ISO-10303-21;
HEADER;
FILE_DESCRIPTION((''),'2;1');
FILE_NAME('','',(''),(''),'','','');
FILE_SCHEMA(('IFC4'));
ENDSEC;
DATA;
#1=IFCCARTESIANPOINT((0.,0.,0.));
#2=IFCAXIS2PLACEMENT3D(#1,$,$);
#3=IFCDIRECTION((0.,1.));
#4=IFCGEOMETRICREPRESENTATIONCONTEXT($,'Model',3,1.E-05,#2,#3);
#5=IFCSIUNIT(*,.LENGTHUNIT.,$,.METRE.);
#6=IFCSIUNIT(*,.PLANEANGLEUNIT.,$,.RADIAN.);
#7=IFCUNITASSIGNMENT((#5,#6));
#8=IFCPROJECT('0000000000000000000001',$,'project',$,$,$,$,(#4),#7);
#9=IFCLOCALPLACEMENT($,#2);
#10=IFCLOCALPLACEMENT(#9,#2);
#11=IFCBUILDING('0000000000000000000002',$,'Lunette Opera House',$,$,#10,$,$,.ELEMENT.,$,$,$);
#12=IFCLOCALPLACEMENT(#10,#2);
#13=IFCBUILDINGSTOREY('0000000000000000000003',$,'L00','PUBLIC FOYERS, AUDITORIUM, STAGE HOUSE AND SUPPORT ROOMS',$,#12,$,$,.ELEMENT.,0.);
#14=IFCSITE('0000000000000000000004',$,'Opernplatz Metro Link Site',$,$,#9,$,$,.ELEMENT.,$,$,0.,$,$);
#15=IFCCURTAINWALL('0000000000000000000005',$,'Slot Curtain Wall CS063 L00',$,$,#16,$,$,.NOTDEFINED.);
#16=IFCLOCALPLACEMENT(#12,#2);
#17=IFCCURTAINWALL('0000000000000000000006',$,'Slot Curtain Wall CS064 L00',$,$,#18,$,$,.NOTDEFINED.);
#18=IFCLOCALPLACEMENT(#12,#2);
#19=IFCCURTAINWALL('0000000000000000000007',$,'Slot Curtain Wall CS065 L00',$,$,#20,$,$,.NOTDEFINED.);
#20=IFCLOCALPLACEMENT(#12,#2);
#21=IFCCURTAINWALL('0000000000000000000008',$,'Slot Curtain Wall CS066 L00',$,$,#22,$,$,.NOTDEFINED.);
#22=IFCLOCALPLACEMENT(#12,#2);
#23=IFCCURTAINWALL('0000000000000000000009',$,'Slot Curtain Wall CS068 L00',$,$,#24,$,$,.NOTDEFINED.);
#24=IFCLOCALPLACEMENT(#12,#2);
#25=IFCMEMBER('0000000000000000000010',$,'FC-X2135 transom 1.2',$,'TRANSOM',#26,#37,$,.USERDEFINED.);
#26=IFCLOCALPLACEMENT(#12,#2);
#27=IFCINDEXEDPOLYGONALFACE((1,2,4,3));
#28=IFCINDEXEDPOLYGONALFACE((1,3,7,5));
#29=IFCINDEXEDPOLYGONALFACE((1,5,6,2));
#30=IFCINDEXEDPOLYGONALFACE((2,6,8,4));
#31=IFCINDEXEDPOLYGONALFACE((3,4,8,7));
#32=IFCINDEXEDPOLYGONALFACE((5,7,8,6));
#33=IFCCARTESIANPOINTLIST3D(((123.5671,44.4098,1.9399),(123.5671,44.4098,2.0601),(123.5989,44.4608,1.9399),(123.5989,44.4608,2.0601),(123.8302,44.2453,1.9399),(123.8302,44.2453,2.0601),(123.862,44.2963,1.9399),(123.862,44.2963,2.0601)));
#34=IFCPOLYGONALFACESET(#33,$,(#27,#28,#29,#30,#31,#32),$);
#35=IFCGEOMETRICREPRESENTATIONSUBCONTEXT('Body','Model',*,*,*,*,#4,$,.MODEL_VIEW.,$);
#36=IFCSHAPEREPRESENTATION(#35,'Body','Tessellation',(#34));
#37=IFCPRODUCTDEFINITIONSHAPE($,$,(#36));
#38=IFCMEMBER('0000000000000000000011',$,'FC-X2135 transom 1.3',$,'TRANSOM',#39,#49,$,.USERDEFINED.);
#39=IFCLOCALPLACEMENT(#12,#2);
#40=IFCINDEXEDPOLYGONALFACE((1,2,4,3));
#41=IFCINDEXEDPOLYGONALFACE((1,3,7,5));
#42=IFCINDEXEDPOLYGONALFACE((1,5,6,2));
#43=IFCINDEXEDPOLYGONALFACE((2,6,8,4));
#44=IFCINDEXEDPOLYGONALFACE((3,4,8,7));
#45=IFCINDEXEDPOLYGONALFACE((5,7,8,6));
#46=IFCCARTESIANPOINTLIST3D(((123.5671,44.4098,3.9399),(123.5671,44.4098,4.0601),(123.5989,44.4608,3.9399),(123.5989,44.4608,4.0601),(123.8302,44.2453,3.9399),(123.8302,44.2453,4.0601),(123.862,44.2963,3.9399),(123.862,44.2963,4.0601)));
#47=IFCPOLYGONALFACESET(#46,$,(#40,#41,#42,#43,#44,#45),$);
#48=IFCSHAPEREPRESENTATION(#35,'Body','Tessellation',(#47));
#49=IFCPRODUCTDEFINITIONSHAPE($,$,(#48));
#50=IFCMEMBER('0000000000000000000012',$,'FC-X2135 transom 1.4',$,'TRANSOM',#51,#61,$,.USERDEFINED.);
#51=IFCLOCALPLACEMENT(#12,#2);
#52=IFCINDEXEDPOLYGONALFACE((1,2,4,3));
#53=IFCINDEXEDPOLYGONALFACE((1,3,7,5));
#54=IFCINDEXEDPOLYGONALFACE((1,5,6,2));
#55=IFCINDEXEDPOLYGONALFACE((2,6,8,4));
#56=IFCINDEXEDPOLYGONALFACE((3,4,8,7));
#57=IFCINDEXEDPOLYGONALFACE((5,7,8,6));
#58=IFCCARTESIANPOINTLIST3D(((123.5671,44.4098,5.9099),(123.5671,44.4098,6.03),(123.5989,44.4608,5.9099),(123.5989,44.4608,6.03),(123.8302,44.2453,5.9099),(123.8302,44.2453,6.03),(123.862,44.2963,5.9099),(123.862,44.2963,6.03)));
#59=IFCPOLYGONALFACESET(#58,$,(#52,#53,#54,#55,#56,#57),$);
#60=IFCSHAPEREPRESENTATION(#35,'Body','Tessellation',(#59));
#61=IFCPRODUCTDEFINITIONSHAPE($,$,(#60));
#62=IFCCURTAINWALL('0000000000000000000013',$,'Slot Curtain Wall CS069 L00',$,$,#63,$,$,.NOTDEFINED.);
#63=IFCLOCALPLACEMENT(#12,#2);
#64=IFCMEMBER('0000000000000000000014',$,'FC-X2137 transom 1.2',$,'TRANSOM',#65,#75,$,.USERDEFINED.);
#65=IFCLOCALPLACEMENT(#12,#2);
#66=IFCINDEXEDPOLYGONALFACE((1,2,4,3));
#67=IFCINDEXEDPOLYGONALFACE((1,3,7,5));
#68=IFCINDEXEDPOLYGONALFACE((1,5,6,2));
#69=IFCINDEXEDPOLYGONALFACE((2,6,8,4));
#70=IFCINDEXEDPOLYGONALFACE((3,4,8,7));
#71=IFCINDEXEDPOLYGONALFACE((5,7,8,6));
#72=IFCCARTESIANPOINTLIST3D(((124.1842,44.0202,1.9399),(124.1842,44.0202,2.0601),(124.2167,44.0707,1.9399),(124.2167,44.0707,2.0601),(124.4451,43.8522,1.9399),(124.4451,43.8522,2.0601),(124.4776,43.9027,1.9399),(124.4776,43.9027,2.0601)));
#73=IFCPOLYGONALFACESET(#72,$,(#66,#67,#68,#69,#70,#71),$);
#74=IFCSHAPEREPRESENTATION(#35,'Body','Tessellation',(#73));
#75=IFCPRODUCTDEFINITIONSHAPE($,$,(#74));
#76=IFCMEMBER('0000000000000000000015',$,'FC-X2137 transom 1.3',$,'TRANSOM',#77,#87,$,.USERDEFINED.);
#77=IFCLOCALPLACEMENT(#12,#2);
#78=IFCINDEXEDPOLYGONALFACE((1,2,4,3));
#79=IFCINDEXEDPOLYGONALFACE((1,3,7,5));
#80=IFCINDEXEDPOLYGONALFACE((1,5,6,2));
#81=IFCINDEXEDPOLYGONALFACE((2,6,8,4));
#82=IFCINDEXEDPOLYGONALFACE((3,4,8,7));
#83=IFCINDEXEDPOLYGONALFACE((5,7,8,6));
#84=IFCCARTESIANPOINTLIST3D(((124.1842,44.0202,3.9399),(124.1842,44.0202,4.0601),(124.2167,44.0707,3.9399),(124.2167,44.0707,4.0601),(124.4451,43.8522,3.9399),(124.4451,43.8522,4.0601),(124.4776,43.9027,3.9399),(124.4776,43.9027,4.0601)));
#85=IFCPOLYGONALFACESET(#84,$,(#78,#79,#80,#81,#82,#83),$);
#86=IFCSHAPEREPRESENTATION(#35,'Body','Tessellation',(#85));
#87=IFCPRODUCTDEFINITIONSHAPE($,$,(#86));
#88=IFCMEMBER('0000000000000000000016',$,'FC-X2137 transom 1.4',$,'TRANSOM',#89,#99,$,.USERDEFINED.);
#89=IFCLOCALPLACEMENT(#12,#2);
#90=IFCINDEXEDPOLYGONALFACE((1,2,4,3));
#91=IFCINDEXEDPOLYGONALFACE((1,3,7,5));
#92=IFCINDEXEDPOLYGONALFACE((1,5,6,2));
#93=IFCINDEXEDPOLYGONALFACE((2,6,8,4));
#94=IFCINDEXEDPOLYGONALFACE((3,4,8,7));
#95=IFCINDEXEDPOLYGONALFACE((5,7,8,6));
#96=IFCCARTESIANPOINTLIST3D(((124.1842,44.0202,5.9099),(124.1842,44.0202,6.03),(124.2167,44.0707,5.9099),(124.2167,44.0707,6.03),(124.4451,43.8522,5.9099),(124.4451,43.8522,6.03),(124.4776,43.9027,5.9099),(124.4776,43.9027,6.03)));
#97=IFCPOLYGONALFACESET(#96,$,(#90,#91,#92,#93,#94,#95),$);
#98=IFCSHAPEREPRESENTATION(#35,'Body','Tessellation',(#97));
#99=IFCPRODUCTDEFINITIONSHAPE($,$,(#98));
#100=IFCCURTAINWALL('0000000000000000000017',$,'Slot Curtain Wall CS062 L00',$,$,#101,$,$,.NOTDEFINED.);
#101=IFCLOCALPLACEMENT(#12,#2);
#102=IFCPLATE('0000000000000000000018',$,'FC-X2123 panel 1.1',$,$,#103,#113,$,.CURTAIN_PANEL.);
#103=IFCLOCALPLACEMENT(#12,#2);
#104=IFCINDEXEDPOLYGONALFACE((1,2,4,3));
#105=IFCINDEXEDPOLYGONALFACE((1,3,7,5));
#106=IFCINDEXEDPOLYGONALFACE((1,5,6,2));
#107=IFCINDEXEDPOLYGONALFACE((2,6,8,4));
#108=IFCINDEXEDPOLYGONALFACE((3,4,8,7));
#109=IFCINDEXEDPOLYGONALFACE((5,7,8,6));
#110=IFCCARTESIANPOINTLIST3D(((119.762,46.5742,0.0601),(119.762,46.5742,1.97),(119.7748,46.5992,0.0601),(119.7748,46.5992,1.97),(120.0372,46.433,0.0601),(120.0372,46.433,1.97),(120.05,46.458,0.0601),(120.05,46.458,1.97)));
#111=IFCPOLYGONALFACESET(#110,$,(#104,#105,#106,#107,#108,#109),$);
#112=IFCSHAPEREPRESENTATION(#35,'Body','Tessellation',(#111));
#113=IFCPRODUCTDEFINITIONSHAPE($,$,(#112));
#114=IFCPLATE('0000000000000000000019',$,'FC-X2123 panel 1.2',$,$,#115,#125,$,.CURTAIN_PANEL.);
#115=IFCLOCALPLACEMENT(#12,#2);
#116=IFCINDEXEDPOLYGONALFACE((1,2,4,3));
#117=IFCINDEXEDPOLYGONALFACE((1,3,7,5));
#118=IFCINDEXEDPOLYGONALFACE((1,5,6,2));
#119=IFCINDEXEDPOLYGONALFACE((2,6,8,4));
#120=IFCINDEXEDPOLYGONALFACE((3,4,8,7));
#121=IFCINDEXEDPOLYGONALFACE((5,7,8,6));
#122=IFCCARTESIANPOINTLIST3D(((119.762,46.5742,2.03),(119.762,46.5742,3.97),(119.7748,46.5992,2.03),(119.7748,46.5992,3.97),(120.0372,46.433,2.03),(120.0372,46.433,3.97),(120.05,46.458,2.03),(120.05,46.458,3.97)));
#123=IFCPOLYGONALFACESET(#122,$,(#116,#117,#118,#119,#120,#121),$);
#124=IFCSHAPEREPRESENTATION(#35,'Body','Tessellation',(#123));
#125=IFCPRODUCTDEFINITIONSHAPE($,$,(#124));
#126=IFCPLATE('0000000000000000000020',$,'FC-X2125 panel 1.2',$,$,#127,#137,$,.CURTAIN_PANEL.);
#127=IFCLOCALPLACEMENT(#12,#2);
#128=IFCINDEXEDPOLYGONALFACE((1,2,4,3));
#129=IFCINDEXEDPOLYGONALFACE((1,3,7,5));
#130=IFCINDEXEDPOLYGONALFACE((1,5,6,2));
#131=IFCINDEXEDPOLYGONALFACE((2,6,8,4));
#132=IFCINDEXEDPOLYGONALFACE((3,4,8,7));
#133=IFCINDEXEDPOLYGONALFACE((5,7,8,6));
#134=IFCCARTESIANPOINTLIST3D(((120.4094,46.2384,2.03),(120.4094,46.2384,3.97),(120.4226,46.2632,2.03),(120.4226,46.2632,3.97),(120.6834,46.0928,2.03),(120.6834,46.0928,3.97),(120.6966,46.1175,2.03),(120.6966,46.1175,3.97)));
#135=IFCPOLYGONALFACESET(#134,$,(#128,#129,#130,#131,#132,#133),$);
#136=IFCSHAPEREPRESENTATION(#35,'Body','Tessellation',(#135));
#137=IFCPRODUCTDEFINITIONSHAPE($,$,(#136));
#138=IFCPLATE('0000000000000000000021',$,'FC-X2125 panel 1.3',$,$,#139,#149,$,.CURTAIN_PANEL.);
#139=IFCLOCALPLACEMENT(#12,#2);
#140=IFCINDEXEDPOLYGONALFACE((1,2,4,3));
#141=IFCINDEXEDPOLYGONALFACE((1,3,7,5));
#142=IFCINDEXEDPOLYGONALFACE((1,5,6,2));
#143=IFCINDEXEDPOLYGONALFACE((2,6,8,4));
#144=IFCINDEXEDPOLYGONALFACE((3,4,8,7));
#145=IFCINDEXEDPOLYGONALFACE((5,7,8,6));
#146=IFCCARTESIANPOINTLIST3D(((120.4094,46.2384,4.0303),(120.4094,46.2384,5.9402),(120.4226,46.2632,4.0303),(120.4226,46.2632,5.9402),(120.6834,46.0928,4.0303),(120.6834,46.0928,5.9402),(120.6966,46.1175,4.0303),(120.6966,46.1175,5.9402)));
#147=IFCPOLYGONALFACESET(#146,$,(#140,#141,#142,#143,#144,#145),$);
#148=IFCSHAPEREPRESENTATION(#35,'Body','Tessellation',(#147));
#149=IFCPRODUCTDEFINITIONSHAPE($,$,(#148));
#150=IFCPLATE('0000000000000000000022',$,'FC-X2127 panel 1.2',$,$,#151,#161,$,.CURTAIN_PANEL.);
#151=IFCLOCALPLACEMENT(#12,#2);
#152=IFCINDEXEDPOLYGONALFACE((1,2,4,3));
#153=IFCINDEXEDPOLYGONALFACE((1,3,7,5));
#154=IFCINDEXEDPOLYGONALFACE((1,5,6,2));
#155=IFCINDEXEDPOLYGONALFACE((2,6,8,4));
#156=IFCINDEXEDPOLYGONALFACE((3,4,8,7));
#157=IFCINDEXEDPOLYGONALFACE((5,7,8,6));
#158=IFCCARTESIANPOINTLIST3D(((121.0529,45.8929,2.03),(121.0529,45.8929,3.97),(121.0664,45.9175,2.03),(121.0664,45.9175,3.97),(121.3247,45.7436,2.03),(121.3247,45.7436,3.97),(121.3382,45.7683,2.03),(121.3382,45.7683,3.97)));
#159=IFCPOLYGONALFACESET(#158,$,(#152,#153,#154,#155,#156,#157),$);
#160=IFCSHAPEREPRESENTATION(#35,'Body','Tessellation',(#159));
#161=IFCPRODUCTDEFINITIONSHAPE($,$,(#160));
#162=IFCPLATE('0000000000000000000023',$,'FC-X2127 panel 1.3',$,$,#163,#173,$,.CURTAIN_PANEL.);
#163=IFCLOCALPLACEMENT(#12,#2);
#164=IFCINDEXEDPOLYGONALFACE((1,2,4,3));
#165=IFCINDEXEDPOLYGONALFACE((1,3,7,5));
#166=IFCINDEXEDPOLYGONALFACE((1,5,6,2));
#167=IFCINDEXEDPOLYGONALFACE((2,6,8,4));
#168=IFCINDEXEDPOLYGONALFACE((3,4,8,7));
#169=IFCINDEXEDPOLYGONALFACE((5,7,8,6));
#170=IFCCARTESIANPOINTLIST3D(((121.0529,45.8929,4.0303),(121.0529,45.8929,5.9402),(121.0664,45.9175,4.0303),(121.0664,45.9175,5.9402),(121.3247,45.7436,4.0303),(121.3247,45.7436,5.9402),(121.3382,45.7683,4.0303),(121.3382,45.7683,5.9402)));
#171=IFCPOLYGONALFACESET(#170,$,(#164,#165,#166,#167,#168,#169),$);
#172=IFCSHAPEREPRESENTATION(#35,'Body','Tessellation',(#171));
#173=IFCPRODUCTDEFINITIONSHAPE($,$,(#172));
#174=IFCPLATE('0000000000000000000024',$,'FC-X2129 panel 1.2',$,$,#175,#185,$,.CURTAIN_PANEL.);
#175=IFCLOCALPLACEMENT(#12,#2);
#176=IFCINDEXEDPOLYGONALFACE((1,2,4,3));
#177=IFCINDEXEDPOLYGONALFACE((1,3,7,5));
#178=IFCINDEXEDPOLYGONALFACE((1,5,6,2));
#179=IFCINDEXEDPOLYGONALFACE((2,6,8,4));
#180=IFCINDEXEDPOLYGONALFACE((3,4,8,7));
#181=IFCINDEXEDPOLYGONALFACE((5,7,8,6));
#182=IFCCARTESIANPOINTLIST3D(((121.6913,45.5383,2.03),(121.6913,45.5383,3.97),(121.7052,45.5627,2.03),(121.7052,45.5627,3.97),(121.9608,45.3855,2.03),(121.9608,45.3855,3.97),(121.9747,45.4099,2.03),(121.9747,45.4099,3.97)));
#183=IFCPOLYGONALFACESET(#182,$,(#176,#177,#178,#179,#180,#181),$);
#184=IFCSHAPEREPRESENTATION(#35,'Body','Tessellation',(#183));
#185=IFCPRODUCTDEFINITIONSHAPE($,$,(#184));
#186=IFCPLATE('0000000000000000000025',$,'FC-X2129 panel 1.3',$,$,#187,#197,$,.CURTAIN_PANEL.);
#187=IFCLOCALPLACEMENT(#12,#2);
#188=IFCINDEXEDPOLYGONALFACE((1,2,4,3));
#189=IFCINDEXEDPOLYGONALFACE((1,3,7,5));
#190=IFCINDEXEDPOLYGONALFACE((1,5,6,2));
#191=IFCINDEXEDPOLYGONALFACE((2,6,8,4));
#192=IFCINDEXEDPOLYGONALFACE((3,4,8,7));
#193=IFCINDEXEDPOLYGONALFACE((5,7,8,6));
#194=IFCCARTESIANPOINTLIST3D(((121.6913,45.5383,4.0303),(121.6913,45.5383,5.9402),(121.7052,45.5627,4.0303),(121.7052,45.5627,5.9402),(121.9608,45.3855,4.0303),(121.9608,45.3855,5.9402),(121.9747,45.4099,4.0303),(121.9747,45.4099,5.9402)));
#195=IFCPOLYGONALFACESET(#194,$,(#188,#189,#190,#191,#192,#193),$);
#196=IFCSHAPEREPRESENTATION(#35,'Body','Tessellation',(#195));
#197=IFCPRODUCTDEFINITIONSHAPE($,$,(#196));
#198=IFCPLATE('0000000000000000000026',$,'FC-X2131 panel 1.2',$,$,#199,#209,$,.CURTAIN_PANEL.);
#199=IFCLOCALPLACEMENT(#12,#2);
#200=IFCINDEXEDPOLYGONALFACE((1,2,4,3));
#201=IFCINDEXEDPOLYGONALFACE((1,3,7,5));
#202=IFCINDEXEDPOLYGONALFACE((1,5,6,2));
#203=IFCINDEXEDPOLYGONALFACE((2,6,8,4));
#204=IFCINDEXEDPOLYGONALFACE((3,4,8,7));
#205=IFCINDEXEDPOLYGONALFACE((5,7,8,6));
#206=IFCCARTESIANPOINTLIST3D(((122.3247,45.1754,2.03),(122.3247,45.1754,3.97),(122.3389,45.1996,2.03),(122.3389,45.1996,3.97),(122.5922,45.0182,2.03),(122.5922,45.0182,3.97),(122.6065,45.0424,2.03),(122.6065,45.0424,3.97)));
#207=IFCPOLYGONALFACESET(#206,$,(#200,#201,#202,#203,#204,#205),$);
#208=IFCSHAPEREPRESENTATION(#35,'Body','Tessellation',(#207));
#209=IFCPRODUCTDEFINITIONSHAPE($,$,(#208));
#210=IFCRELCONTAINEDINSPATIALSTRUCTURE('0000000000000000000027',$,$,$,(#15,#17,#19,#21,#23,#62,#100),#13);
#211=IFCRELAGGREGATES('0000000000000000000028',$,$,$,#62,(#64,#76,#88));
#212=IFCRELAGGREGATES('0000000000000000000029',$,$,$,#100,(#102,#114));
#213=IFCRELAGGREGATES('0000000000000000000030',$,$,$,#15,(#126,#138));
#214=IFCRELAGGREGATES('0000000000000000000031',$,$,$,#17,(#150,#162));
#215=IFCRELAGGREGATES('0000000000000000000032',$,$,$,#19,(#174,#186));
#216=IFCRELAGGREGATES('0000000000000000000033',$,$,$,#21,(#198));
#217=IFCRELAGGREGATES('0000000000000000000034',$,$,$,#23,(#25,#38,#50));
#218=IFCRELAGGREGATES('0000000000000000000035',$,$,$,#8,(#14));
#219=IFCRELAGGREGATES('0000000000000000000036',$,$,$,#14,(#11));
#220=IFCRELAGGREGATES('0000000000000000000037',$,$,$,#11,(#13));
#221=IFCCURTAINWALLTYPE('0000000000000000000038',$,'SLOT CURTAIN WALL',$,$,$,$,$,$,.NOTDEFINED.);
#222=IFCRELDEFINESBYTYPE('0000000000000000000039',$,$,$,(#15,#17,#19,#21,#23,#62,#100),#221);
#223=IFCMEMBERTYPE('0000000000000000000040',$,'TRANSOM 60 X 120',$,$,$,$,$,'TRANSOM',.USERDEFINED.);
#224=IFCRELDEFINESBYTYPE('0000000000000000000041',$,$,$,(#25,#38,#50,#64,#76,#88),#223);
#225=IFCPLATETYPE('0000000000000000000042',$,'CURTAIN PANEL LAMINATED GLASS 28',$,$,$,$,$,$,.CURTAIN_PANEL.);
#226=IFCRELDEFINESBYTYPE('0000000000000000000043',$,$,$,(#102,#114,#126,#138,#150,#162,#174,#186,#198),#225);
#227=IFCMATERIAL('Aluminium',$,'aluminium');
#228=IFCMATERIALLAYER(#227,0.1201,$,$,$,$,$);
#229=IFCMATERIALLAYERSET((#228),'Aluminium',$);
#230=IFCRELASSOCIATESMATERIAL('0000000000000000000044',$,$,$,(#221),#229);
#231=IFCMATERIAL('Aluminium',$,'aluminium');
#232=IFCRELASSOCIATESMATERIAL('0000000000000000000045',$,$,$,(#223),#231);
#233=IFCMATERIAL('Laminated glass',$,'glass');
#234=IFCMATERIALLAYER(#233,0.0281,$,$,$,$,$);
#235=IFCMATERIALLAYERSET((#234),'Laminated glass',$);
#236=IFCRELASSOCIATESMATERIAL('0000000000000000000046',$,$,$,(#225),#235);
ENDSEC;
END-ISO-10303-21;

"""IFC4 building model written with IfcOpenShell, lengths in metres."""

from ifc_helpers import new_model, si_unit, direction, frame, origin, origin_2d, place, context, subcontext, project, spatial, rectangle, extrude, material, layer, layer_set, material_profile, profile_set, type_object, element, aggregate, save


model = new_model("IFC4")

# Units and contexts
model_context = context("Model", 3, precision=1e-05, world=origin(), true_north=direction((0.0, 1.0)))
body_context = subcontext(model_context, "Body", "Model", "MODEL_VIEW")
ifc_project = project(units=[si_unit("LENGTHUNIT", "METRE"), si_unit("PLANEANGLEUNIT", "RADIAN")], contexts=[model_context])

# Site, building, storey
site_placement = place(None, origin())
site = spatial("IfcSite", under=ifc_project, at=site_placement, Name="Opernplatz Metro Link Site", CompositionType="ELEMENT", RefElevation=0.0)
building_placement = place(site_placement, origin())
building = spatial("IfcBuilding", under=site, at=building_placement, Name="Lunette Opera House", CompositionType="ELEMENT")
storey_placement = place(building_placement, origin())
storey = spatial("IfcBuildingStorey", under=building, at=storey_placement, Name="L00", Description="PUBLIC FOYERS, AUDITORIUM, STAGE HOUSE AND SUPPORT ROOMS", CompositionType="ELEMENT", Elevation=0.0)

# Curtain walls, members
ifc_material_1 = material(Name="Aluminium", Category="aluminium")
ifc_layer_1 = layer(ifc_material_1, 0.1201)
ifc_layer_set_1 = layer_set([ifc_layer_1], Name="Aluminium")
curtain_wall_type = type_object("IfcCurtainWallType", Name="SLOT CURTAIN WALL", PredefinedType="NOTDEFINED", material=ifc_layer_set_1)
curtain_wall_1_placement = place(storey_placement, origin())
curtain_wall_1 = element("IfcCurtainWall", 1, at=curtain_wall_1_placement, inside=storey, type_object=curtain_wall_type, Name="Slot Curtain Wall CS063 L00", PredefinedType="NOTDEFINED")
ifc_material_2 = material(Name="Aluminium", Category="aluminium")
ifc_material_profile = material_profile(ifc_material_2, rectangle(XDim=0.0601, YDim=0.1201, at=origin_2d()), Name="TRANSOM 60 X 120")
ifc_profile_set = profile_set([ifc_material_profile], Name="Aluminium")
member_type = type_object("IfcMemberType", Name="TRANSOM 60 X 120", ElementType="TRANSOM", PredefinedType="USERDEFINED", material=ifc_profile_set)
curtain_wall_2_placement = place(storey_placement, origin())
curtain_wall_2 = element("IfcCurtainWall", 2, at=curtain_wall_2_placement, inside=storey, type_object=curtain_wall_type, Name="Slot Curtain Wall CS064 L00", PredefinedType="NOTDEFINED")
curtain_wall_3_placement = place(storey_placement, origin())
curtain_wall_3 = element("IfcCurtainWall", 3, at=curtain_wall_3_placement, inside=storey, type_object=curtain_wall_type, Name="Slot Curtain Wall CS065 L00", PredefinedType="NOTDEFINED")
curtain_wall_4_placement = place(storey_placement, origin())
curtain_wall_4 = element("IfcCurtainWall", 4, at=curtain_wall_4_placement, inside=storey, type_object=curtain_wall_type, Name="Slot Curtain Wall CS066 L00", PredefinedType="NOTDEFINED")
curtain_wall_5_placement = place(storey_placement, origin())
curtain_wall_5 = element("IfcCurtainWall", 5, at=curtain_wall_5_placement, inside=storey, type_object=curtain_wall_type, Name="Slot Curtain Wall CS068 L00", PredefinedType="NOTDEFINED")
member_1_placement = place(storey_placement, frame((123.583, 44.4353, 2.0), z_axis=(0.84791, -0.53014, 0.0), x_axis=(0.53014, 0.84791, 0.0)))
member_1 = element("IfcMember", 6, at=member_1_placement, type_object=member_type, Name="FC-X2135 transom 1.2", ObjectType="TRANSOM", PredefinedType="USERDEFINED", context=body_context, shape_type="SweptSolid", body=[
    extrude(rectangle(XDim=0.0601, YDim=0.1201, at=origin_2d()), origin(), (0.0, 0.0, 1.0), 0.3103),
])
member_2_placement = place(storey_placement, frame((123.583, 44.4353, 4.0), z_axis=(0.84791, -0.53014, 0.0), x_axis=(0.53014, 0.84791, 0.0)))
member_2 = element("IfcMember", 7, at=member_2_placement, type_object=member_type, Name="FC-X2135 transom 1.3", ObjectType="TRANSOM", PredefinedType="USERDEFINED", context=body_context, shape_type="SweptSolid", body=[
    extrude(rectangle(XDim=0.0601, YDim=0.1201, at=origin_2d()), origin(), (0.0, 0.0, 1.0), 0.3103),
])
member_3_placement = place(storey_placement, frame((123.583, 44.4353, 5.97), z_axis=(0.84791, -0.53014, 0.0), x_axis=(0.53014, 0.84791, 0.0)))
member_3 = element("IfcMember", 8, at=member_3_placement, type_object=member_type, Name="FC-X2135 transom 1.4", ObjectType="TRANSOM", PredefinedType="USERDEFINED", context=body_context, shape_type="SweptSolid", body=[
    extrude(rectangle(XDim=0.0601, YDim=0.1201, at=origin_2d()), origin(), (0.0, 0.0, 1.0), 0.3103),
])
curtain_wall_6_placement = place(storey_placement, origin())
curtain_wall_6 = element("IfcCurtainWall", 9, at=curtain_wall_6_placement, inside=storey, type_object=curtain_wall_type, Name="Slot Curtain Wall CS069 L00", PredefinedType="NOTDEFINED")
member_4_placement = place(storey_placement, frame((124.2004, 44.0454, 2.0), z_axis=(0.840897, -0.541195, 0.0), x_axis=(0.541195, 0.840897, 0.0)))
member_4 = element("IfcMember", 10, at=member_4_placement, type_object=member_type, Name="FC-X2137 transom 1.2", ObjectType="TRANSOM", PredefinedType="USERDEFINED", context=body_context, shape_type="SweptSolid", body=[
    extrude(rectangle(XDim=0.0601, YDim=0.1201, at=origin_2d()), origin(), (0.0, 0.0, 1.0), 0.3103),
])
member_5_placement = place(storey_placement, frame((124.2004, 44.0454, 4.0), z_axis=(0.840897, -0.541195, 0.0), x_axis=(0.541195, 0.840897, 0.0)))
member_5 = element("IfcMember", 11, at=member_5_placement, type_object=member_type, Name="FC-X2137 transom 1.3", ObjectType="TRANSOM", PredefinedType="USERDEFINED", context=body_context, shape_type="SweptSolid", body=[
    extrude(rectangle(XDim=0.0601, YDim=0.1201, at=origin_2d()), origin(), (0.0, 0.0, 1.0), 0.3103),
])
member_6_placement = place(storey_placement, frame((124.2004, 44.0454, 5.97), z_axis=(0.840897, -0.541195, 0.0), x_axis=(0.541195, 0.840897, 0.0)))
member_6 = element("IfcMember", 12, at=member_6_placement, type_object=member_type, Name="FC-X2137 transom 1.4", ObjectType="TRANSOM", PredefinedType="USERDEFINED", context=body_context, shape_type="SweptSolid", body=[
    extrude(rectangle(XDim=0.0601, YDim=0.1201, at=origin_2d()), origin(), (0.0, 0.0, 1.0), 0.3103),
])
aggregate(curtain_wall_6, [member_4, member_5, member_6])

# Curtain wall, plates
curtain_wall_7_placement = place(storey_placement, origin())
curtain_wall_7 = element("IfcCurtainWall", 13, at=curtain_wall_7_placement, inside=storey, type_object=curtain_wall_type, Name="Slot Curtain Wall CS062 L00", PredefinedType="NOTDEFINED")
ifc_material_3 = material(Name="Laminated glass", Category="glass")
ifc_layer_2 = layer(ifc_material_3, 0.0281)
ifc_layer_set_2 = layer_set([ifc_layer_2], Name="Laminated glass")
plate_type = type_object("IfcPlateType", Name="CURTAIN PANEL LAMINATED GLASS 28", PredefinedType="CURTAIN_PANEL", material=ifc_layer_set_2)
plate_1_placement = place(storey_placement, frame((119.906, 46.5161, 0.0601), z_axis=(0.0, 0.0, 1.0), x_axis=(0.88972, -0.456506, 0.0)))
plate_1 = element("IfcPlate", 14, at=plate_1_placement, type_object=plate_type, Name="FC-X2123 panel 1.1", PredefinedType="CURTAIN_PANEL", context=body_context, shape_type="SweptSolid", body=[
    extrude(rectangle(XDim=0.3093, YDim=0.0281, at=origin_2d()), origin(), (0.0, 0.0, 1.0), 1.9099),
])
plate_2_placement = place(storey_placement, frame((119.906, 46.5161, 2.03), z_axis=(0.0, 0.0, 1.0), x_axis=(0.88972, -0.456506, 0.0)))
plate_2 = element("IfcPlate", 15, at=plate_2_placement, type_object=plate_type, Name="FC-X2123 panel 1.2", PredefinedType="CURTAIN_PANEL", context=body_context, shape_type="SweptSolid", body=[
    extrude(rectangle(XDim=0.3093, YDim=0.0281, at=origin_2d()), origin(), (0.0, 0.0, 1.0), 1.9399),
])
aggregate(curtain_wall_7, [plate_1, plate_2])

# Plates
plate_3_placement = place(storey_placement, frame((120.553, 46.178, 2.03), z_axis=(0.0, 0.0, 1.0), x_axis=(0.882995, -0.469382, 0.0)))
plate_3 = element("IfcPlate", 16, at=plate_3_placement, type_object=plate_type, Name="FC-X2125 panel 1.2", PredefinedType="CURTAIN_PANEL", context=body_context, shape_type="SweptSolid", body=[
    extrude(rectangle(XDim=0.3103, YDim=0.0281, at=origin_2d()), origin(), (0.0, 0.0, 1.0), 1.9399),
])
plate_4_placement = place(storey_placement, frame((120.553, 46.178, 4.0303), z_axis=(0.0, 0.0, 1.0), x_axis=(0.882995, -0.469382, 0.0)))
plate_4 = element("IfcPlate", 17, at=plate_4_placement, type_object=plate_type, Name="FC-X2125 panel 1.3", PredefinedType="CURTAIN_PANEL", context=body_context, shape_type="SweptSolid", body=[
    extrude(rectangle(XDim=0.3103, YDim=0.0281, at=origin_2d()), origin(), (0.0, 0.0, 1.0), 1.9099),
])
aggregate(curtain_wall_1, [plate_3, plate_4])
plate_5_placement = place(storey_placement, frame((121.1956, 45.8306, 2.03), z_axis=(0.0, 0.0, 1.0), x_axis=(0.876559, -0.481294, 0.0)))
plate_5 = element("IfcPlate", 18, at=plate_5_placement, type_object=plate_type, Name="FC-X2127 panel 1.2", PredefinedType="CURTAIN_PANEL", context=body_context, shape_type="SweptSolid", body=[
    extrude(rectangle(XDim=0.3101, YDim=0.0281, at=origin_2d()), origin(), (0.0, 0.0, 1.0), 1.9399),
])
plate_6_placement = place(storey_placement, frame((121.1956, 45.8306, 4.0303), z_axis=(0.0, 0.0, 1.0), x_axis=(0.876559, -0.481294, 0.0)))
plate_6 = element("IfcPlate", 19, at=plate_6_placement, type_object=plate_type, Name="FC-X2127 panel 1.3", PredefinedType="CURTAIN_PANEL", context=body_context, shape_type="SweptSolid", body=[
    extrude(rectangle(XDim=0.3101, YDim=0.0281, at=origin_2d()), origin(), (0.0, 0.0, 1.0), 1.9099),
])
aggregate(curtain_wall_2, [plate_5, plate_6])
plate_7_placement = place(storey_placement, frame((121.833, 45.4741, 2.03), z_axis=(0.0, 0.0, 1.0), x_axis=(0.869956, -0.49313, 0.0)))
plate_7 = element("IfcPlate", 20, at=plate_7_placement, type_object=plate_type, Name="FC-X2129 panel 1.2", PredefinedType="CURTAIN_PANEL", context=body_context, shape_type="SweptSolid", body=[
    extrude(rectangle(XDim=0.3098, YDim=0.0281, at=origin_2d()), origin(), (0.0, 0.0, 1.0), 1.9399),
])
plate_8_placement = place(storey_placement, frame((121.833, 45.4741, 4.0303), z_axis=(0.0, 0.0, 1.0), x_axis=(0.869956, -0.49313, 0.0)))
plate_8 = element("IfcPlate", 21, at=plate_8_placement, type_object=plate_type, Name="FC-X2129 panel 1.3", PredefinedType="CURTAIN_PANEL", context=body_context, shape_type="SweptSolid", body=[
    extrude(rectangle(XDim=0.3098, YDim=0.0281, at=origin_2d()), origin(), (0.0, 0.0, 1.0), 1.9099),
])
aggregate(curtain_wall_3, [plate_7, plate_8])
plate_9_placement = place(storey_placement, frame((122.4656, 45.1089, 2.03), z_axis=(0.0, 0.0, 1.0), x_axis=(0.862173, -0.506614, 0.0)))
plate_9 = element("IfcPlate", 22, at=plate_9_placement, type_object=plate_type, Name="FC-X2131 panel 1.2", PredefinedType="CURTAIN_PANEL", context=body_context, shape_type="SweptSolid", body=[
    extrude(rectangle(XDim=0.3103, YDim=0.0281, at=origin_2d()), origin(), (0.0, 0.0, 1.0), 1.9399),
])
aggregate(curtain_wall_4, [plate_9])
aggregate(curtain_wall_5, [member_1, member_2, member_3])

save(model, "model.ifc")
